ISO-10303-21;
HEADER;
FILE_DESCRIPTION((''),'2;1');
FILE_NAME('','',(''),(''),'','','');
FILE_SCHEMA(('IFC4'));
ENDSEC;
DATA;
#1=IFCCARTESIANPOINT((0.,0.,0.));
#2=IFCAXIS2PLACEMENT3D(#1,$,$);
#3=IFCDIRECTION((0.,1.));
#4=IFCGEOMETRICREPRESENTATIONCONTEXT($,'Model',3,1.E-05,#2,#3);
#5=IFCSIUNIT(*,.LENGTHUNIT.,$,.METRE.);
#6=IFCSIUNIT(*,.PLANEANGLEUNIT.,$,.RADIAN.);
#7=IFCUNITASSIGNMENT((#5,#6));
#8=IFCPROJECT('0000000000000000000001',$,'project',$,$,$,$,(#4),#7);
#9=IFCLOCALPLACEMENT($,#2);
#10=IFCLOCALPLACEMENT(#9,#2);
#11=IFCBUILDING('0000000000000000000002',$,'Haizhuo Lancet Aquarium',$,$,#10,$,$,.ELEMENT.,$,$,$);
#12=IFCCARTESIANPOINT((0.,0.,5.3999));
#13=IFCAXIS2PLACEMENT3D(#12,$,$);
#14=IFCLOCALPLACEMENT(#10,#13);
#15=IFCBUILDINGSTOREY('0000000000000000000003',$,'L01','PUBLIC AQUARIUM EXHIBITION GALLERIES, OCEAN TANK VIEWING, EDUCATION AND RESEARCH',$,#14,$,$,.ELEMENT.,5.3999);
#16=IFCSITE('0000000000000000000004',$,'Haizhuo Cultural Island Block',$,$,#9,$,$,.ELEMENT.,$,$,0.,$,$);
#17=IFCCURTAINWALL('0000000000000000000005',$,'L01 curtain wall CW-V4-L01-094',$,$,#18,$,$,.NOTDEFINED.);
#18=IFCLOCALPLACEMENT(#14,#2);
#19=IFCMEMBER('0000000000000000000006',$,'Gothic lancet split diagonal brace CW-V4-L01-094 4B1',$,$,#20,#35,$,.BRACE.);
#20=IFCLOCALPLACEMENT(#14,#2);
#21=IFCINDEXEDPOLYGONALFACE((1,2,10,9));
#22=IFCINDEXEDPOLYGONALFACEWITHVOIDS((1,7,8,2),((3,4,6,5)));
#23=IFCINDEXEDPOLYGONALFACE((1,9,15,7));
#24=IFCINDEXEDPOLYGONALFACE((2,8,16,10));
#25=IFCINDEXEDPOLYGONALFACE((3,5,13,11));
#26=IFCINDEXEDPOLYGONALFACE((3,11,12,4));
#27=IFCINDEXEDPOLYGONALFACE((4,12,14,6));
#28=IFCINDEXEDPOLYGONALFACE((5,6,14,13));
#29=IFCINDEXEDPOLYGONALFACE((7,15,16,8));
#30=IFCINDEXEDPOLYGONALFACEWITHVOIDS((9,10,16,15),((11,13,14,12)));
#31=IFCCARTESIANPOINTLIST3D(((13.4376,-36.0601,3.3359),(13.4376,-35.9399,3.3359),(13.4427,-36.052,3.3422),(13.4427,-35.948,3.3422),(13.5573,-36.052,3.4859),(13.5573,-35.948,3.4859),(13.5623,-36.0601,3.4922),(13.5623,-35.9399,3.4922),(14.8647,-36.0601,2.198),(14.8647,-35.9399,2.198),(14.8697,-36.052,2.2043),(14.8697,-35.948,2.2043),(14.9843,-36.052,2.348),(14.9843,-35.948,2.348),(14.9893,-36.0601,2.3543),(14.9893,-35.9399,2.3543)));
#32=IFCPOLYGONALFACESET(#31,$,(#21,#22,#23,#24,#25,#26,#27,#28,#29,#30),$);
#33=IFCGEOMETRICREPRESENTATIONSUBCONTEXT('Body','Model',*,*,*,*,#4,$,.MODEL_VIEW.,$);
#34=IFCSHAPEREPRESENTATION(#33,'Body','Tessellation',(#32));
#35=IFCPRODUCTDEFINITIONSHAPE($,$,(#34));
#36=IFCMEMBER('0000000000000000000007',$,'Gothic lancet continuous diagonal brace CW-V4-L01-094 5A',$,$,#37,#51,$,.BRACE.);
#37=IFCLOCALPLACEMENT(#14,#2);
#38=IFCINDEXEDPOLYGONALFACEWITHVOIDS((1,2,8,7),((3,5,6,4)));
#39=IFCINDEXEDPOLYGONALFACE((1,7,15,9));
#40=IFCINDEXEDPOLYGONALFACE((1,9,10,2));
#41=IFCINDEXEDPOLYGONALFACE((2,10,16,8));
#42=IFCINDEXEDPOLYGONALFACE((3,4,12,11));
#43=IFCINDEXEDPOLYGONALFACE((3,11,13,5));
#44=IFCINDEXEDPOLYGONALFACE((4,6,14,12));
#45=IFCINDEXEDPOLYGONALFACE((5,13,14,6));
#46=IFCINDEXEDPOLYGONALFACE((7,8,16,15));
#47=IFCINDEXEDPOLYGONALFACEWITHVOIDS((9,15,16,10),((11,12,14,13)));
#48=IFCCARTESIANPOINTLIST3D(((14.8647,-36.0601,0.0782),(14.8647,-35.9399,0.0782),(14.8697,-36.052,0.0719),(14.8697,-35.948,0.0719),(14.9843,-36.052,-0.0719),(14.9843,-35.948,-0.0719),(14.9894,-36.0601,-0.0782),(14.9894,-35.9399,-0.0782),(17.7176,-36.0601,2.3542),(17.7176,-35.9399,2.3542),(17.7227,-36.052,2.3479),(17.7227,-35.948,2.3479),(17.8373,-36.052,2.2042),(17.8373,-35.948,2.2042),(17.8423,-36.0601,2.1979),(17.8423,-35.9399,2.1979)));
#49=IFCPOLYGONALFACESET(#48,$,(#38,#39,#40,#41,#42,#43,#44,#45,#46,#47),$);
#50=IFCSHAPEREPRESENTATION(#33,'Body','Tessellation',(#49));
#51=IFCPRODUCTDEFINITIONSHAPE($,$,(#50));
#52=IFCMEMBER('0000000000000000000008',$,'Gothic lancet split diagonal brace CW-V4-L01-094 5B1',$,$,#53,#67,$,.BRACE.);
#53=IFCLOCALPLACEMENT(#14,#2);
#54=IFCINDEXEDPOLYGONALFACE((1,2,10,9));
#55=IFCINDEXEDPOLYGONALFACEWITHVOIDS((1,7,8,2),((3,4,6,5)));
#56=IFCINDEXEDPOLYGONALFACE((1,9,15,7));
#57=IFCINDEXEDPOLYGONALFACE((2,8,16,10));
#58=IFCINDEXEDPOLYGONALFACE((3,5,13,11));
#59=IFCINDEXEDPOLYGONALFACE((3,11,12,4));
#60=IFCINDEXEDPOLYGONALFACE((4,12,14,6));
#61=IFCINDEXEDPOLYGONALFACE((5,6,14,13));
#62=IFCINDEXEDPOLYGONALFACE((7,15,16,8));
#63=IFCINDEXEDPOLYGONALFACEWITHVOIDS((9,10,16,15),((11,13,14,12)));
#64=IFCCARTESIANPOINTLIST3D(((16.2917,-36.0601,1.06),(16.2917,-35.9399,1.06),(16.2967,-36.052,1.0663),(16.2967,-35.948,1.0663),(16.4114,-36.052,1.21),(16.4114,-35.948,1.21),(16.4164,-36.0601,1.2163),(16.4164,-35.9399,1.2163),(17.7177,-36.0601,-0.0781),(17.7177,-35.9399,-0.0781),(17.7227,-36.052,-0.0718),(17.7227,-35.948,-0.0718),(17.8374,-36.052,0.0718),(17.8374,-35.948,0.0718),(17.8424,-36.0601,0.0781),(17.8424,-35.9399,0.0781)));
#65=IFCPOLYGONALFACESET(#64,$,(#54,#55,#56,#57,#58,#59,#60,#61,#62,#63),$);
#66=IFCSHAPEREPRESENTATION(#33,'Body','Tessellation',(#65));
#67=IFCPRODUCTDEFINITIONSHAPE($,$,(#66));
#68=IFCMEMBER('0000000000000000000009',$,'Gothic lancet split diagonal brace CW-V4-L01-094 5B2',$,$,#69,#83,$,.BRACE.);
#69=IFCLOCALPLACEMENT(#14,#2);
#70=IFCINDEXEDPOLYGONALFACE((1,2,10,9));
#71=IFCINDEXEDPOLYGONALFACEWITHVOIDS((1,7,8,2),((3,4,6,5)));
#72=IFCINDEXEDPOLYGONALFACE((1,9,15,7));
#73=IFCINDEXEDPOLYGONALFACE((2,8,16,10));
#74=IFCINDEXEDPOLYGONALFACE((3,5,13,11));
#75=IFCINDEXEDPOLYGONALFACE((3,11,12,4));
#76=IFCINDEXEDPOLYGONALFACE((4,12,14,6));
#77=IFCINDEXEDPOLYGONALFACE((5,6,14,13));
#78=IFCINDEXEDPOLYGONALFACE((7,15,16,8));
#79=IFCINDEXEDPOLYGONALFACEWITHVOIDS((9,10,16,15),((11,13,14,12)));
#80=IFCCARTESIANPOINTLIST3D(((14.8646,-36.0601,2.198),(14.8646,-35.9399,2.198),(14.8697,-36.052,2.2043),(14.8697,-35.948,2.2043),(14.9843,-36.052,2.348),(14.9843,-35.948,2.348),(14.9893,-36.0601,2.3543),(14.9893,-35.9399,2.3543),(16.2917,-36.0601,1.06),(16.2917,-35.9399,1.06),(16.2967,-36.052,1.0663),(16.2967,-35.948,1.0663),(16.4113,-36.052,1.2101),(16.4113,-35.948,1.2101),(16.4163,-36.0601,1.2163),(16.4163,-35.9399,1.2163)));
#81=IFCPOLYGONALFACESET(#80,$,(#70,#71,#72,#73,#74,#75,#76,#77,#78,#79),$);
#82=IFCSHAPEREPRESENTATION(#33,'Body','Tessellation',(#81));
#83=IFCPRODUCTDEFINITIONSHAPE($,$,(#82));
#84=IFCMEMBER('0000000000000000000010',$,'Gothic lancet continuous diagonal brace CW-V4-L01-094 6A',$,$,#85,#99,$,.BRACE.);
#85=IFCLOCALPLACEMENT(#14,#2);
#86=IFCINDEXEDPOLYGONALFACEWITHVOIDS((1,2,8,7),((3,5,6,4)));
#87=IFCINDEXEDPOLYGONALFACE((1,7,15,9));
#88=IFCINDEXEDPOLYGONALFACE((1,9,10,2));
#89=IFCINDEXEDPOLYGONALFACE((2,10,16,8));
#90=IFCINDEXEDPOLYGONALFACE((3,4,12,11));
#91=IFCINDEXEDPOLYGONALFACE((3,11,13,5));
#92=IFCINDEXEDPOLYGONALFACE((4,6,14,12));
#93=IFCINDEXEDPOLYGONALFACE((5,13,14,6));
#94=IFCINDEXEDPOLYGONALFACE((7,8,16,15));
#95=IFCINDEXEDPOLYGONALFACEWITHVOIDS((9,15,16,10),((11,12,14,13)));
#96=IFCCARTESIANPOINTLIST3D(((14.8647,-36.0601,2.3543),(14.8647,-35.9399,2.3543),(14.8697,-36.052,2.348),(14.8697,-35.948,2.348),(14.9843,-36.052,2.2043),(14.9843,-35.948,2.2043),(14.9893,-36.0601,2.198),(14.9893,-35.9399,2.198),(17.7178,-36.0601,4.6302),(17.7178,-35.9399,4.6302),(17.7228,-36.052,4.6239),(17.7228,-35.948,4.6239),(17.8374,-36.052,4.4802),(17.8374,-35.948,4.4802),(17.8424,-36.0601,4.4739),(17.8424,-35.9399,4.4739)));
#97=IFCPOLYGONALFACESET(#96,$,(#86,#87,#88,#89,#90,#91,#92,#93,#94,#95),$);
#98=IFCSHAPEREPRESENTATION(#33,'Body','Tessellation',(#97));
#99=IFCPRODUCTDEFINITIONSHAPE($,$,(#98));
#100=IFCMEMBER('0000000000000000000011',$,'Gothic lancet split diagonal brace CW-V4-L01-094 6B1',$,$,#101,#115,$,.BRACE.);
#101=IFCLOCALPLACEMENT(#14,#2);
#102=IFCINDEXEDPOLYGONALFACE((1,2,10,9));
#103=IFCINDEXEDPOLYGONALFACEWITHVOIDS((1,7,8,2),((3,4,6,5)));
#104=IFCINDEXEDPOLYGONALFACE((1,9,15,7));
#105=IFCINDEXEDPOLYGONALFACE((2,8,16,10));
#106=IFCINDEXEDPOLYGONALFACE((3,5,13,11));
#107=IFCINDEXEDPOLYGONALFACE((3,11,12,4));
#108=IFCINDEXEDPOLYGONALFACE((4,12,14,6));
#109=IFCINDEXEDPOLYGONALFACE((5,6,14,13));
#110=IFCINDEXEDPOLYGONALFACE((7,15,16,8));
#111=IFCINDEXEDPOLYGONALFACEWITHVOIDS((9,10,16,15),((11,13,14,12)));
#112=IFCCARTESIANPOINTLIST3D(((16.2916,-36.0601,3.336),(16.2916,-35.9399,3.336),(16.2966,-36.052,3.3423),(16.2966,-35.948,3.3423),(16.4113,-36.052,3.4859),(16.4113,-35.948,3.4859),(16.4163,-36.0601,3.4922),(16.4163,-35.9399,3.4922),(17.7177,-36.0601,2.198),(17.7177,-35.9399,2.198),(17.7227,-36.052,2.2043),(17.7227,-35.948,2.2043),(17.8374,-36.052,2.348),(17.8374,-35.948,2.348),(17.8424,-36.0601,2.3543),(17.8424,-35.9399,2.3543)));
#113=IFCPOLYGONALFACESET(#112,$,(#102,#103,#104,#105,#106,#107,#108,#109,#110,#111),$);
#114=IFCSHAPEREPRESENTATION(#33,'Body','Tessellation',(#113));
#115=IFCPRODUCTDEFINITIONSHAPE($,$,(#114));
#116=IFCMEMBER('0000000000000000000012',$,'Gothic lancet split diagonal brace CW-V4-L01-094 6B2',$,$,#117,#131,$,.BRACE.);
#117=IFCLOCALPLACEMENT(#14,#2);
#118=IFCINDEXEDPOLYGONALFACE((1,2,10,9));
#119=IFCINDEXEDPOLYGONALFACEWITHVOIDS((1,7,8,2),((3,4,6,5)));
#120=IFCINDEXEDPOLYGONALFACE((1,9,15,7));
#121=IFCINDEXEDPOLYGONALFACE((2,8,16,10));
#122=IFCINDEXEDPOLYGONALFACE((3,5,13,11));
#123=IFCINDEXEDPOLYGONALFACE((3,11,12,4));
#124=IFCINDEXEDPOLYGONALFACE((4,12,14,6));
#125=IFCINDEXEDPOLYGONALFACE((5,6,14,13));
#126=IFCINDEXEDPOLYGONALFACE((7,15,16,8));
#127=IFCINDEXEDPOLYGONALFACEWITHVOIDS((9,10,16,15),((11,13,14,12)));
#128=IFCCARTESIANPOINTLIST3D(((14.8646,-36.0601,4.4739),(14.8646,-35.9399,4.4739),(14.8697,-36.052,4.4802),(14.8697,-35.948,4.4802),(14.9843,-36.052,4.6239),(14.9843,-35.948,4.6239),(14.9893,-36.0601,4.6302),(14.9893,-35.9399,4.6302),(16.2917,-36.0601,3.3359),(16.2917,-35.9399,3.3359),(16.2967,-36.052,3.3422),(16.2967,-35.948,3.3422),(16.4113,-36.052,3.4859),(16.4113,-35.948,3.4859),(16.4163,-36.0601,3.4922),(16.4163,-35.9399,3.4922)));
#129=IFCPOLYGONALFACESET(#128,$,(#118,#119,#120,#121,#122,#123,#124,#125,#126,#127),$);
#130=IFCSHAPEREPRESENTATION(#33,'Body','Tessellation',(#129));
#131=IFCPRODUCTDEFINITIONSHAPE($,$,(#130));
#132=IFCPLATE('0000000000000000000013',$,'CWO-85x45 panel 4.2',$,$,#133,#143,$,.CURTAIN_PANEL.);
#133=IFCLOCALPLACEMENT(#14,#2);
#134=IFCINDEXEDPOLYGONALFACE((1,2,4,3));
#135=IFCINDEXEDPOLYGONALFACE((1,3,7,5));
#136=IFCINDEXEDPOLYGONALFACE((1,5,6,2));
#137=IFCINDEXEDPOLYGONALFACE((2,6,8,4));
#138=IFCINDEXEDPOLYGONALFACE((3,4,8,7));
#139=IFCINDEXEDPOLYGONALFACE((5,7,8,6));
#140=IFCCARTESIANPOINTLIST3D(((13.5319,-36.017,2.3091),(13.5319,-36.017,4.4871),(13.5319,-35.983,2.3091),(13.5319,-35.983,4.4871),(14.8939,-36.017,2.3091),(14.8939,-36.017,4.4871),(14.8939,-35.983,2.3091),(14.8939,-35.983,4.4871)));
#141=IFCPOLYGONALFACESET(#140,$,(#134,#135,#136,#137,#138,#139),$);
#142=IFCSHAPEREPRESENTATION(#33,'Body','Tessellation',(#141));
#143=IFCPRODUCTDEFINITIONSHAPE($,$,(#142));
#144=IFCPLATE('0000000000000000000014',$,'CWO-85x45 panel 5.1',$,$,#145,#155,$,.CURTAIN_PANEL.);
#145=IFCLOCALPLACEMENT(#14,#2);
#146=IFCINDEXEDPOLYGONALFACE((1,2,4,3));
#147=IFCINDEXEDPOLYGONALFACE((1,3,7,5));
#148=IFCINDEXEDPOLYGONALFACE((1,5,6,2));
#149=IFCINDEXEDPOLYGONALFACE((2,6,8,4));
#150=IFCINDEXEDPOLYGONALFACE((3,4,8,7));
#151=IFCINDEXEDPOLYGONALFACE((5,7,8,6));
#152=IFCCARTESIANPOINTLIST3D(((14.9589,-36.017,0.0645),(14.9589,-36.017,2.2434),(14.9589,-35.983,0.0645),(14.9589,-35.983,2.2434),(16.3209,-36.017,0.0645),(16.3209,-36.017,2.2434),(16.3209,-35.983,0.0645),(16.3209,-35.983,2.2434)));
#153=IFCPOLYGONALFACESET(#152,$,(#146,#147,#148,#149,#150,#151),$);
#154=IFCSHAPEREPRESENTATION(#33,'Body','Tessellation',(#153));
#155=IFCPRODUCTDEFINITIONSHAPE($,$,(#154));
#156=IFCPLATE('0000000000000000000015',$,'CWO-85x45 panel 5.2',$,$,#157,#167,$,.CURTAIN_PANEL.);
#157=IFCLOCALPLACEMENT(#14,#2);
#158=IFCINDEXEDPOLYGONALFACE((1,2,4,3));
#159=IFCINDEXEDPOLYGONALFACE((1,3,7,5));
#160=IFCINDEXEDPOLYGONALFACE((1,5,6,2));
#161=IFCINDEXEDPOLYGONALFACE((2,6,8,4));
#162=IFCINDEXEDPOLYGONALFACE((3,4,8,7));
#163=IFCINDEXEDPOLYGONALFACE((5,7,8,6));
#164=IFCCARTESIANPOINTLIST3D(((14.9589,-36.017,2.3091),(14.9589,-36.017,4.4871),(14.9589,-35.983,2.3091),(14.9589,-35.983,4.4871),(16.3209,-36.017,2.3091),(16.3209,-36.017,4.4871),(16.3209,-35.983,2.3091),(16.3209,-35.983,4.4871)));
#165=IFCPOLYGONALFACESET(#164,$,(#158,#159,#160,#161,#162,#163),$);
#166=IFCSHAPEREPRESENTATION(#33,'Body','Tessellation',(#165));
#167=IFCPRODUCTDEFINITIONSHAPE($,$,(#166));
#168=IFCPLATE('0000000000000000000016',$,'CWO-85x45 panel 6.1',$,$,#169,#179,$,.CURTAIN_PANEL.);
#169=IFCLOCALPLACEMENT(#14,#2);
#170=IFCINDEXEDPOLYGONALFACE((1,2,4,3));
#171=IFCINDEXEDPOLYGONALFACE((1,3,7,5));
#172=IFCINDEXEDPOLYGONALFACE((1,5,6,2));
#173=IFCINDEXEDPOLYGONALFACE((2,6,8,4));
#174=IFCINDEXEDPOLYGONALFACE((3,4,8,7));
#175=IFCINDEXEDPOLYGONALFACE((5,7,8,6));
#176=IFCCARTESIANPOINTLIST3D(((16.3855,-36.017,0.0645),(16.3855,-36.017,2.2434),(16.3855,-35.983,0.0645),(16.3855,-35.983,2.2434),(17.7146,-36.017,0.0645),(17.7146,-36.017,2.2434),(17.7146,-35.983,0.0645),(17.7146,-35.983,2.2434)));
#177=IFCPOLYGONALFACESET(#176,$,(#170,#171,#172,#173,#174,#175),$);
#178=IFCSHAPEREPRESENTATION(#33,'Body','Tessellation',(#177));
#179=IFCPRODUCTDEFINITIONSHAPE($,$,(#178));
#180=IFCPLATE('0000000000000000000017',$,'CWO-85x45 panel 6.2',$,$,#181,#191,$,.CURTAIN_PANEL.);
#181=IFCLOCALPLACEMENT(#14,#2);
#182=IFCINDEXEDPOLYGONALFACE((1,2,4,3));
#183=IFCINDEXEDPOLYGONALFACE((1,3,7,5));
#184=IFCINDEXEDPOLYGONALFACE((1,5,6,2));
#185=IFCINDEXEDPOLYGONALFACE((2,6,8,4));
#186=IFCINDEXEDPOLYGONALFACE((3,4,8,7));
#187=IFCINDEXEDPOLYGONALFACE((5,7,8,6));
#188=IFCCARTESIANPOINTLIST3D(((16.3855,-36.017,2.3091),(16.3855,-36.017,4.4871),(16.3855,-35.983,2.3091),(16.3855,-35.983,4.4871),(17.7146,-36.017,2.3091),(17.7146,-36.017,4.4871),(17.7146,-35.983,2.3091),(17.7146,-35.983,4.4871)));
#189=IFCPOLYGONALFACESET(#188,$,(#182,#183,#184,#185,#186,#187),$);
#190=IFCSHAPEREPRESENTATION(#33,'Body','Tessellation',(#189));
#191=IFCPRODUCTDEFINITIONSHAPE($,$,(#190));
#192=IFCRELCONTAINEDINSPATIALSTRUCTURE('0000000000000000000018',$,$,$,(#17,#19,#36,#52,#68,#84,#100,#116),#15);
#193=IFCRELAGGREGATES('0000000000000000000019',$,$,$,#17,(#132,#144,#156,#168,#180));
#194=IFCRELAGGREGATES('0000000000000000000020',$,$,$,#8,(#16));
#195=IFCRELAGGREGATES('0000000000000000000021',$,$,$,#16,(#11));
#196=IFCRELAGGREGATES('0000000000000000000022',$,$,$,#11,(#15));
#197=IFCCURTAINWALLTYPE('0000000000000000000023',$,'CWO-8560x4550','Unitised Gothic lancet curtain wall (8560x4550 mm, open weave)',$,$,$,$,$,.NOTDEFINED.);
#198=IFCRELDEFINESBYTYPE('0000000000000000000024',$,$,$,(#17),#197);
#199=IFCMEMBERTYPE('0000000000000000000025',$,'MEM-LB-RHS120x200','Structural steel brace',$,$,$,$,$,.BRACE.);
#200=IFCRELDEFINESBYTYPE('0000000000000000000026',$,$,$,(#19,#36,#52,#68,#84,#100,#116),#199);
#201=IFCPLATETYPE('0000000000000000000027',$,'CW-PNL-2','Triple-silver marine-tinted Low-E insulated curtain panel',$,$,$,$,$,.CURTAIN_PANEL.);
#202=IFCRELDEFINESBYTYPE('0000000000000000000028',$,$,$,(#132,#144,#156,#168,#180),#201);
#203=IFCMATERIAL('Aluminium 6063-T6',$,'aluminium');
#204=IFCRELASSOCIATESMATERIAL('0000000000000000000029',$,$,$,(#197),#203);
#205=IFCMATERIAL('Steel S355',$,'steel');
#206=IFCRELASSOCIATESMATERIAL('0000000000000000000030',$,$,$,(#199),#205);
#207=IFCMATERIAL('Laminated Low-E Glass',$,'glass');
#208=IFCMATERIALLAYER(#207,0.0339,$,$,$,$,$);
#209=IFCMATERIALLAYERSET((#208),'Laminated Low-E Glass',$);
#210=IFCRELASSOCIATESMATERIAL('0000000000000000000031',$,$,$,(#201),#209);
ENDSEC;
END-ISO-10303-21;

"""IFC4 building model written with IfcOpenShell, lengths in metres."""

from ifc_helpers import new_model, si_unit, direction, frame, origin, origin_2d, place, context, subcontext, project, spatial, rectangle, hollow_rectangle, extrude, material, layer, layer_set, material_profile, profile_set, type_object, element, aggregate, save


model = new_model("IFC4")

# Units and contexts
model_context = context("Model", 3, precision=1e-05, world=origin(), true_north=direction((0.0, 1.0)))
body_context = subcontext(model_context, "Body", "Model", "MODEL_VIEW")
ifc_project = project(units=[si_unit("LENGTHUNIT", "METRE"), si_unit("PLANEANGLEUNIT", "RADIAN")], contexts=[model_context])

# Site, building, storey
site_placement = place(None, origin())
site = spatial("IfcSite", under=ifc_project, at=site_placement, Name="Haizhuo Cultural Island Block", CompositionType="ELEMENT", RefElevation=0.0)
building_placement = place(site_placement, origin())
building = spatial("IfcBuilding", under=site, at=building_placement, Name="Haizhuo Lancet Aquarium", CompositionType="ELEMENT")
storey_placement = place(building_placement, frame((0.0, 0.0, 5.3999)))
storey = spatial("IfcBuildingStorey", under=building, at=storey_placement, Name="L01", Description="PUBLIC AQUARIUM EXHIBITION GALLERIES, OCEAN TANK VIEWING, EDUCATION AND RESEARCH", CompositionType="ELEMENT", Elevation=5.3999)

# Curtain wall
ifc_material_1 = material(Name="Aluminium 6063-T6", Category="aluminium")
curtain_wall_type = type_object("IfcCurtainWallType", Name="CWO-8560x4550", Description="Unitised Gothic lancet curtain wall (8560x4550 mm, open weave)", PredefinedType="NOTDEFINED", material=ifc_material_1)
curtain_wall_placement = place(storey_placement, origin())
curtain_wall = element("IfcCurtainWall", 1, at=curtain_wall_placement, inside=storey, type_object=curtain_wall_type, Name="L01 curtain wall CW-V4-L01-094", PredefinedType="NOTDEFINED")

# Members
ifc_material_2 = material(Name="Steel S355", Category="steel")
ifc_material_profile_1 = material_profile(ifc_material_2, hollow_rectangle(XDim=0.1201, YDim=0.2, WallThickness=0.0081, at=origin_2d()), Name="RHS 120x200x8")
ifc_profile_set_1 = profile_set([ifc_material_profile_1], Name="Steel S355")
member_type_1 = type_object("IfcMemberType", Name="MEM-LB-RHS120x200", Description="Structural steel brace", PredefinedType="BRACE", material=ifc_profile_set_1)
member_1_placement = place(storey_placement, frame((14.927, -36.0, 2.2761), z_axis=(-0.781847, 0.0, 0.623471), x_axis=(0.0, -1.0, 0.0)))
element("IfcMember", 2, at=member_1_placement, inside=storey, type_object=member_type_1, Name="Gothic lancet split diagonal brace CW-V4-L01-094 4B1", PredefinedType="BRACE", context=body_context, shape_type="SweptSolid", body=[
    extrude(hollow_rectangle(XDim=0.1201, YDim=0.2, WallThickness=0.0081, at=origin_2d()), origin(), (0.0, 0.0, 1.0), 1.8252),
])
member_2_placement = place(storey_placement, frame((14.927, -36.0, 0.0), z_axis=(0.78171, 0.0, 0.623642), x_axis=(0.0, 1.0, 0.0)))
element("IfcMember", 3, at=member_2_placement, inside=storey, type_object=member_type_1, Name="Gothic lancet continuous diagonal brace CW-V4-L01-094 5A", PredefinedType="BRACE", context=body_context, shape_type="SweptSolid", body=[
    extrude(hollow_rectangle(XDim=0.1201, YDim=0.2, WallThickness=0.0081, at=origin_2d()), origin(), (0.0, 0.0, 1.0), 3.6497),
])
member_3_placement = place(storey_placement, frame((17.78, -36.0, 0.0), z_axis=(-0.781573, 0.0, 0.623813), x_axis=(0.0, -1.0, 0.0)))
element("IfcMember", 4, at=member_3_placement, inside=storey, type_object=member_type_1, Name="Gothic lancet split diagonal brace CW-V4-L01-094 5B1", PredefinedType="BRACE", context=body_context, shape_type="SweptSolid", body=[
    extrude(hollow_rectangle(XDim=0.1201, YDim=0.2, WallThickness=0.0081, at=origin_2d()), origin(), (0.0, 0.0, 1.0), 1.8245),
])
member_4_placement = place(storey_placement, frame((16.354, -36.0, 1.1382), z_axis=(-0.781847, 0.0, 0.623471), x_axis=(0.0, -1.0, 0.0)))
element("IfcMember", 5, at=member_4_placement, inside=storey, type_object=member_type_1, Name="Gothic lancet split diagonal brace CW-V4-L01-094 5B2", PredefinedType="BRACE", context=body_context, shape_type="SweptSolid", body=[
    extrude(hollow_rectangle(XDim=0.1201, YDim=0.2, WallThickness=0.0081, at=origin_2d()), origin(), (0.0, 0.0, 1.0), 1.8252),
])
member_5_placement = place(storey_placement, frame((14.927, -36.0, 2.2761), z_axis=(0.781743, 0.0, 0.623601), x_axis=(0.0, 1.0, 0.0)))
element("IfcMember", 6, at=member_5_placement, inside=storey, type_object=member_type_1, Name="Gothic lancet continuous diagonal brace CW-V4-L01-094 6A", PredefinedType="BRACE", context=body_context, shape_type="SweptSolid", body=[
    extrude(hollow_rectangle(XDim=0.1201, YDim=0.2, WallThickness=0.0081, at=origin_2d()), origin(), (0.0, 0.0, 1.0), 3.6497),
])
member_6_placement = place(storey_placement, frame((17.78, -36.0, 2.2761), z_axis=(-0.781638, 0.0, 0.623732), x_axis=(0.0, -1.0, 0.0)))
element("IfcMember", 7, at=member_6_placement, inside=storey, type_object=member_type_1, Name="Gothic lancet split diagonal brace CW-V4-L01-094 6B1", PredefinedType="BRACE", context=body_context, shape_type="SweptSolid", body=[
    extrude(hollow_rectangle(XDim=0.1201, YDim=0.2, WallThickness=0.0081, at=origin_2d()), origin(), (0.0, 0.0, 1.0), 1.8245),
])
member_7_placement = place(storey_placement, frame((16.354, -36.0, 3.4141), z_axis=(-0.781847, 0.0, 0.623471), x_axis=(0.0, -1.0, 0.0)))
element("IfcMember", 8, at=member_7_placement, inside=storey, type_object=member_type_1, Name="Gothic lancet split diagonal brace CW-V4-L01-094 6B2", PredefinedType="BRACE", context=body_context, shape_type="SweptSolid", body=[
    extrude(hollow_rectangle(XDim=0.1201, YDim=0.2, WallThickness=0.0081, at=origin_2d()), origin(), (0.0, 0.0, 1.0), 1.8252),
])

# Plates
ifc_material_3 = material(Name="Laminated Low-E Glass", Category="glass")
ifc_layer = layer(ifc_material_3, 0.0339)
ifc_layer_set = layer_set([ifc_layer], Name="Laminated Low-E Glass")
plate_type = type_object("IfcPlateType", Name="CW-PNL-2", Description="Triple-silver marine-tinted Low-E insulated curtain panel", PredefinedType="CURTAIN_PANEL", material=ifc_layer_set)
plate_1_placement = place(storey_placement, frame((14.2129, -36.0, 2.3091), z_axis=(0.0, 0.0, 1.0), x_axis=(1.0, 0.0, 0.0)))
plate_1 = element("IfcPlate", 9, at=plate_1_placement, type_object=plate_type, Name="CWO-85x45 panel 4.2", PredefinedType="CURTAIN_PANEL", context=body_context, shape_type="SweptSolid", body=[
    extrude(rectangle(XDim=1.3621, YDim=0.0339, at=origin_2d()), origin(), (0.0, 0.0, 1.0), 2.178),
])
plate_2_placement = place(storey_placement, frame((15.6399, -36.0, 0.0645), z_axis=(0.0, 0.0, 1.0), x_axis=(1.0, 0.0, 0.0)))
plate_2 = element("IfcPlate", 10, at=plate_2_placement, type_object=plate_type, Name="CWO-85x45 panel 5.1", PredefinedType="CURTAIN_PANEL", context=body_context, shape_type="SweptSolid", body=[
    extrude(rectangle(XDim=1.3621, YDim=0.0339, at=origin_2d()), origin(), (0.0, 0.0, 1.0), 2.179),
])
plate_3_placement = place(storey_placement, frame((15.6399, -36.0, 2.3091), z_axis=(0.0, 0.0, 1.0), x_axis=(1.0, 0.0, 0.0)))
plate_3 = element("IfcPlate", 11, at=plate_3_placement, type_object=plate_type, Name="CWO-85x45 panel 5.2", PredefinedType="CURTAIN_PANEL", context=body_context, shape_type="SweptSolid", body=[
    extrude(rectangle(XDim=1.3621, YDim=0.0339, at=origin_2d()), origin(), (0.0, 0.0, 1.0), 2.178),
])
plate_4_placement = place(storey_placement, frame((17.05, -36.0, 0.0645), z_axis=(0.0, 0.0, 1.0), x_axis=(1.0, 0.0, 0.0)))
plate_4 = element("IfcPlate", 12, at=plate_4_placement, type_object=plate_type, Name="CWO-85x45 panel 6.1", PredefinedType="CURTAIN_PANEL", context=body_context, shape_type="SweptSolid", body=[
    extrude(rectangle(XDim=1.3291, YDim=0.0339, at=origin_2d()), origin(), (0.0, 0.0, 1.0), 2.179),
])
plate_5_placement = place(storey_placement, frame((17.05, -36.0, 2.3091), z_axis=(0.0, 0.0, 1.0), x_axis=(1.0, 0.0, 0.0)))
plate_5 = element("IfcPlate", 13, at=plate_5_placement, type_object=plate_type, Name="CWO-85x45 panel 6.2", PredefinedType="CURTAIN_PANEL", context=body_context, shape_type="SweptSolid", body=[
    extrude(rectangle(XDim=1.3291, YDim=0.0339, at=origin_2d()), origin(), (0.0, 0.0, 1.0), 2.178),
])
aggregate(curtain_wall, [plate_1, plate_2, plate_3, plate_4, plate_5])

save(model, "model.ifc")
